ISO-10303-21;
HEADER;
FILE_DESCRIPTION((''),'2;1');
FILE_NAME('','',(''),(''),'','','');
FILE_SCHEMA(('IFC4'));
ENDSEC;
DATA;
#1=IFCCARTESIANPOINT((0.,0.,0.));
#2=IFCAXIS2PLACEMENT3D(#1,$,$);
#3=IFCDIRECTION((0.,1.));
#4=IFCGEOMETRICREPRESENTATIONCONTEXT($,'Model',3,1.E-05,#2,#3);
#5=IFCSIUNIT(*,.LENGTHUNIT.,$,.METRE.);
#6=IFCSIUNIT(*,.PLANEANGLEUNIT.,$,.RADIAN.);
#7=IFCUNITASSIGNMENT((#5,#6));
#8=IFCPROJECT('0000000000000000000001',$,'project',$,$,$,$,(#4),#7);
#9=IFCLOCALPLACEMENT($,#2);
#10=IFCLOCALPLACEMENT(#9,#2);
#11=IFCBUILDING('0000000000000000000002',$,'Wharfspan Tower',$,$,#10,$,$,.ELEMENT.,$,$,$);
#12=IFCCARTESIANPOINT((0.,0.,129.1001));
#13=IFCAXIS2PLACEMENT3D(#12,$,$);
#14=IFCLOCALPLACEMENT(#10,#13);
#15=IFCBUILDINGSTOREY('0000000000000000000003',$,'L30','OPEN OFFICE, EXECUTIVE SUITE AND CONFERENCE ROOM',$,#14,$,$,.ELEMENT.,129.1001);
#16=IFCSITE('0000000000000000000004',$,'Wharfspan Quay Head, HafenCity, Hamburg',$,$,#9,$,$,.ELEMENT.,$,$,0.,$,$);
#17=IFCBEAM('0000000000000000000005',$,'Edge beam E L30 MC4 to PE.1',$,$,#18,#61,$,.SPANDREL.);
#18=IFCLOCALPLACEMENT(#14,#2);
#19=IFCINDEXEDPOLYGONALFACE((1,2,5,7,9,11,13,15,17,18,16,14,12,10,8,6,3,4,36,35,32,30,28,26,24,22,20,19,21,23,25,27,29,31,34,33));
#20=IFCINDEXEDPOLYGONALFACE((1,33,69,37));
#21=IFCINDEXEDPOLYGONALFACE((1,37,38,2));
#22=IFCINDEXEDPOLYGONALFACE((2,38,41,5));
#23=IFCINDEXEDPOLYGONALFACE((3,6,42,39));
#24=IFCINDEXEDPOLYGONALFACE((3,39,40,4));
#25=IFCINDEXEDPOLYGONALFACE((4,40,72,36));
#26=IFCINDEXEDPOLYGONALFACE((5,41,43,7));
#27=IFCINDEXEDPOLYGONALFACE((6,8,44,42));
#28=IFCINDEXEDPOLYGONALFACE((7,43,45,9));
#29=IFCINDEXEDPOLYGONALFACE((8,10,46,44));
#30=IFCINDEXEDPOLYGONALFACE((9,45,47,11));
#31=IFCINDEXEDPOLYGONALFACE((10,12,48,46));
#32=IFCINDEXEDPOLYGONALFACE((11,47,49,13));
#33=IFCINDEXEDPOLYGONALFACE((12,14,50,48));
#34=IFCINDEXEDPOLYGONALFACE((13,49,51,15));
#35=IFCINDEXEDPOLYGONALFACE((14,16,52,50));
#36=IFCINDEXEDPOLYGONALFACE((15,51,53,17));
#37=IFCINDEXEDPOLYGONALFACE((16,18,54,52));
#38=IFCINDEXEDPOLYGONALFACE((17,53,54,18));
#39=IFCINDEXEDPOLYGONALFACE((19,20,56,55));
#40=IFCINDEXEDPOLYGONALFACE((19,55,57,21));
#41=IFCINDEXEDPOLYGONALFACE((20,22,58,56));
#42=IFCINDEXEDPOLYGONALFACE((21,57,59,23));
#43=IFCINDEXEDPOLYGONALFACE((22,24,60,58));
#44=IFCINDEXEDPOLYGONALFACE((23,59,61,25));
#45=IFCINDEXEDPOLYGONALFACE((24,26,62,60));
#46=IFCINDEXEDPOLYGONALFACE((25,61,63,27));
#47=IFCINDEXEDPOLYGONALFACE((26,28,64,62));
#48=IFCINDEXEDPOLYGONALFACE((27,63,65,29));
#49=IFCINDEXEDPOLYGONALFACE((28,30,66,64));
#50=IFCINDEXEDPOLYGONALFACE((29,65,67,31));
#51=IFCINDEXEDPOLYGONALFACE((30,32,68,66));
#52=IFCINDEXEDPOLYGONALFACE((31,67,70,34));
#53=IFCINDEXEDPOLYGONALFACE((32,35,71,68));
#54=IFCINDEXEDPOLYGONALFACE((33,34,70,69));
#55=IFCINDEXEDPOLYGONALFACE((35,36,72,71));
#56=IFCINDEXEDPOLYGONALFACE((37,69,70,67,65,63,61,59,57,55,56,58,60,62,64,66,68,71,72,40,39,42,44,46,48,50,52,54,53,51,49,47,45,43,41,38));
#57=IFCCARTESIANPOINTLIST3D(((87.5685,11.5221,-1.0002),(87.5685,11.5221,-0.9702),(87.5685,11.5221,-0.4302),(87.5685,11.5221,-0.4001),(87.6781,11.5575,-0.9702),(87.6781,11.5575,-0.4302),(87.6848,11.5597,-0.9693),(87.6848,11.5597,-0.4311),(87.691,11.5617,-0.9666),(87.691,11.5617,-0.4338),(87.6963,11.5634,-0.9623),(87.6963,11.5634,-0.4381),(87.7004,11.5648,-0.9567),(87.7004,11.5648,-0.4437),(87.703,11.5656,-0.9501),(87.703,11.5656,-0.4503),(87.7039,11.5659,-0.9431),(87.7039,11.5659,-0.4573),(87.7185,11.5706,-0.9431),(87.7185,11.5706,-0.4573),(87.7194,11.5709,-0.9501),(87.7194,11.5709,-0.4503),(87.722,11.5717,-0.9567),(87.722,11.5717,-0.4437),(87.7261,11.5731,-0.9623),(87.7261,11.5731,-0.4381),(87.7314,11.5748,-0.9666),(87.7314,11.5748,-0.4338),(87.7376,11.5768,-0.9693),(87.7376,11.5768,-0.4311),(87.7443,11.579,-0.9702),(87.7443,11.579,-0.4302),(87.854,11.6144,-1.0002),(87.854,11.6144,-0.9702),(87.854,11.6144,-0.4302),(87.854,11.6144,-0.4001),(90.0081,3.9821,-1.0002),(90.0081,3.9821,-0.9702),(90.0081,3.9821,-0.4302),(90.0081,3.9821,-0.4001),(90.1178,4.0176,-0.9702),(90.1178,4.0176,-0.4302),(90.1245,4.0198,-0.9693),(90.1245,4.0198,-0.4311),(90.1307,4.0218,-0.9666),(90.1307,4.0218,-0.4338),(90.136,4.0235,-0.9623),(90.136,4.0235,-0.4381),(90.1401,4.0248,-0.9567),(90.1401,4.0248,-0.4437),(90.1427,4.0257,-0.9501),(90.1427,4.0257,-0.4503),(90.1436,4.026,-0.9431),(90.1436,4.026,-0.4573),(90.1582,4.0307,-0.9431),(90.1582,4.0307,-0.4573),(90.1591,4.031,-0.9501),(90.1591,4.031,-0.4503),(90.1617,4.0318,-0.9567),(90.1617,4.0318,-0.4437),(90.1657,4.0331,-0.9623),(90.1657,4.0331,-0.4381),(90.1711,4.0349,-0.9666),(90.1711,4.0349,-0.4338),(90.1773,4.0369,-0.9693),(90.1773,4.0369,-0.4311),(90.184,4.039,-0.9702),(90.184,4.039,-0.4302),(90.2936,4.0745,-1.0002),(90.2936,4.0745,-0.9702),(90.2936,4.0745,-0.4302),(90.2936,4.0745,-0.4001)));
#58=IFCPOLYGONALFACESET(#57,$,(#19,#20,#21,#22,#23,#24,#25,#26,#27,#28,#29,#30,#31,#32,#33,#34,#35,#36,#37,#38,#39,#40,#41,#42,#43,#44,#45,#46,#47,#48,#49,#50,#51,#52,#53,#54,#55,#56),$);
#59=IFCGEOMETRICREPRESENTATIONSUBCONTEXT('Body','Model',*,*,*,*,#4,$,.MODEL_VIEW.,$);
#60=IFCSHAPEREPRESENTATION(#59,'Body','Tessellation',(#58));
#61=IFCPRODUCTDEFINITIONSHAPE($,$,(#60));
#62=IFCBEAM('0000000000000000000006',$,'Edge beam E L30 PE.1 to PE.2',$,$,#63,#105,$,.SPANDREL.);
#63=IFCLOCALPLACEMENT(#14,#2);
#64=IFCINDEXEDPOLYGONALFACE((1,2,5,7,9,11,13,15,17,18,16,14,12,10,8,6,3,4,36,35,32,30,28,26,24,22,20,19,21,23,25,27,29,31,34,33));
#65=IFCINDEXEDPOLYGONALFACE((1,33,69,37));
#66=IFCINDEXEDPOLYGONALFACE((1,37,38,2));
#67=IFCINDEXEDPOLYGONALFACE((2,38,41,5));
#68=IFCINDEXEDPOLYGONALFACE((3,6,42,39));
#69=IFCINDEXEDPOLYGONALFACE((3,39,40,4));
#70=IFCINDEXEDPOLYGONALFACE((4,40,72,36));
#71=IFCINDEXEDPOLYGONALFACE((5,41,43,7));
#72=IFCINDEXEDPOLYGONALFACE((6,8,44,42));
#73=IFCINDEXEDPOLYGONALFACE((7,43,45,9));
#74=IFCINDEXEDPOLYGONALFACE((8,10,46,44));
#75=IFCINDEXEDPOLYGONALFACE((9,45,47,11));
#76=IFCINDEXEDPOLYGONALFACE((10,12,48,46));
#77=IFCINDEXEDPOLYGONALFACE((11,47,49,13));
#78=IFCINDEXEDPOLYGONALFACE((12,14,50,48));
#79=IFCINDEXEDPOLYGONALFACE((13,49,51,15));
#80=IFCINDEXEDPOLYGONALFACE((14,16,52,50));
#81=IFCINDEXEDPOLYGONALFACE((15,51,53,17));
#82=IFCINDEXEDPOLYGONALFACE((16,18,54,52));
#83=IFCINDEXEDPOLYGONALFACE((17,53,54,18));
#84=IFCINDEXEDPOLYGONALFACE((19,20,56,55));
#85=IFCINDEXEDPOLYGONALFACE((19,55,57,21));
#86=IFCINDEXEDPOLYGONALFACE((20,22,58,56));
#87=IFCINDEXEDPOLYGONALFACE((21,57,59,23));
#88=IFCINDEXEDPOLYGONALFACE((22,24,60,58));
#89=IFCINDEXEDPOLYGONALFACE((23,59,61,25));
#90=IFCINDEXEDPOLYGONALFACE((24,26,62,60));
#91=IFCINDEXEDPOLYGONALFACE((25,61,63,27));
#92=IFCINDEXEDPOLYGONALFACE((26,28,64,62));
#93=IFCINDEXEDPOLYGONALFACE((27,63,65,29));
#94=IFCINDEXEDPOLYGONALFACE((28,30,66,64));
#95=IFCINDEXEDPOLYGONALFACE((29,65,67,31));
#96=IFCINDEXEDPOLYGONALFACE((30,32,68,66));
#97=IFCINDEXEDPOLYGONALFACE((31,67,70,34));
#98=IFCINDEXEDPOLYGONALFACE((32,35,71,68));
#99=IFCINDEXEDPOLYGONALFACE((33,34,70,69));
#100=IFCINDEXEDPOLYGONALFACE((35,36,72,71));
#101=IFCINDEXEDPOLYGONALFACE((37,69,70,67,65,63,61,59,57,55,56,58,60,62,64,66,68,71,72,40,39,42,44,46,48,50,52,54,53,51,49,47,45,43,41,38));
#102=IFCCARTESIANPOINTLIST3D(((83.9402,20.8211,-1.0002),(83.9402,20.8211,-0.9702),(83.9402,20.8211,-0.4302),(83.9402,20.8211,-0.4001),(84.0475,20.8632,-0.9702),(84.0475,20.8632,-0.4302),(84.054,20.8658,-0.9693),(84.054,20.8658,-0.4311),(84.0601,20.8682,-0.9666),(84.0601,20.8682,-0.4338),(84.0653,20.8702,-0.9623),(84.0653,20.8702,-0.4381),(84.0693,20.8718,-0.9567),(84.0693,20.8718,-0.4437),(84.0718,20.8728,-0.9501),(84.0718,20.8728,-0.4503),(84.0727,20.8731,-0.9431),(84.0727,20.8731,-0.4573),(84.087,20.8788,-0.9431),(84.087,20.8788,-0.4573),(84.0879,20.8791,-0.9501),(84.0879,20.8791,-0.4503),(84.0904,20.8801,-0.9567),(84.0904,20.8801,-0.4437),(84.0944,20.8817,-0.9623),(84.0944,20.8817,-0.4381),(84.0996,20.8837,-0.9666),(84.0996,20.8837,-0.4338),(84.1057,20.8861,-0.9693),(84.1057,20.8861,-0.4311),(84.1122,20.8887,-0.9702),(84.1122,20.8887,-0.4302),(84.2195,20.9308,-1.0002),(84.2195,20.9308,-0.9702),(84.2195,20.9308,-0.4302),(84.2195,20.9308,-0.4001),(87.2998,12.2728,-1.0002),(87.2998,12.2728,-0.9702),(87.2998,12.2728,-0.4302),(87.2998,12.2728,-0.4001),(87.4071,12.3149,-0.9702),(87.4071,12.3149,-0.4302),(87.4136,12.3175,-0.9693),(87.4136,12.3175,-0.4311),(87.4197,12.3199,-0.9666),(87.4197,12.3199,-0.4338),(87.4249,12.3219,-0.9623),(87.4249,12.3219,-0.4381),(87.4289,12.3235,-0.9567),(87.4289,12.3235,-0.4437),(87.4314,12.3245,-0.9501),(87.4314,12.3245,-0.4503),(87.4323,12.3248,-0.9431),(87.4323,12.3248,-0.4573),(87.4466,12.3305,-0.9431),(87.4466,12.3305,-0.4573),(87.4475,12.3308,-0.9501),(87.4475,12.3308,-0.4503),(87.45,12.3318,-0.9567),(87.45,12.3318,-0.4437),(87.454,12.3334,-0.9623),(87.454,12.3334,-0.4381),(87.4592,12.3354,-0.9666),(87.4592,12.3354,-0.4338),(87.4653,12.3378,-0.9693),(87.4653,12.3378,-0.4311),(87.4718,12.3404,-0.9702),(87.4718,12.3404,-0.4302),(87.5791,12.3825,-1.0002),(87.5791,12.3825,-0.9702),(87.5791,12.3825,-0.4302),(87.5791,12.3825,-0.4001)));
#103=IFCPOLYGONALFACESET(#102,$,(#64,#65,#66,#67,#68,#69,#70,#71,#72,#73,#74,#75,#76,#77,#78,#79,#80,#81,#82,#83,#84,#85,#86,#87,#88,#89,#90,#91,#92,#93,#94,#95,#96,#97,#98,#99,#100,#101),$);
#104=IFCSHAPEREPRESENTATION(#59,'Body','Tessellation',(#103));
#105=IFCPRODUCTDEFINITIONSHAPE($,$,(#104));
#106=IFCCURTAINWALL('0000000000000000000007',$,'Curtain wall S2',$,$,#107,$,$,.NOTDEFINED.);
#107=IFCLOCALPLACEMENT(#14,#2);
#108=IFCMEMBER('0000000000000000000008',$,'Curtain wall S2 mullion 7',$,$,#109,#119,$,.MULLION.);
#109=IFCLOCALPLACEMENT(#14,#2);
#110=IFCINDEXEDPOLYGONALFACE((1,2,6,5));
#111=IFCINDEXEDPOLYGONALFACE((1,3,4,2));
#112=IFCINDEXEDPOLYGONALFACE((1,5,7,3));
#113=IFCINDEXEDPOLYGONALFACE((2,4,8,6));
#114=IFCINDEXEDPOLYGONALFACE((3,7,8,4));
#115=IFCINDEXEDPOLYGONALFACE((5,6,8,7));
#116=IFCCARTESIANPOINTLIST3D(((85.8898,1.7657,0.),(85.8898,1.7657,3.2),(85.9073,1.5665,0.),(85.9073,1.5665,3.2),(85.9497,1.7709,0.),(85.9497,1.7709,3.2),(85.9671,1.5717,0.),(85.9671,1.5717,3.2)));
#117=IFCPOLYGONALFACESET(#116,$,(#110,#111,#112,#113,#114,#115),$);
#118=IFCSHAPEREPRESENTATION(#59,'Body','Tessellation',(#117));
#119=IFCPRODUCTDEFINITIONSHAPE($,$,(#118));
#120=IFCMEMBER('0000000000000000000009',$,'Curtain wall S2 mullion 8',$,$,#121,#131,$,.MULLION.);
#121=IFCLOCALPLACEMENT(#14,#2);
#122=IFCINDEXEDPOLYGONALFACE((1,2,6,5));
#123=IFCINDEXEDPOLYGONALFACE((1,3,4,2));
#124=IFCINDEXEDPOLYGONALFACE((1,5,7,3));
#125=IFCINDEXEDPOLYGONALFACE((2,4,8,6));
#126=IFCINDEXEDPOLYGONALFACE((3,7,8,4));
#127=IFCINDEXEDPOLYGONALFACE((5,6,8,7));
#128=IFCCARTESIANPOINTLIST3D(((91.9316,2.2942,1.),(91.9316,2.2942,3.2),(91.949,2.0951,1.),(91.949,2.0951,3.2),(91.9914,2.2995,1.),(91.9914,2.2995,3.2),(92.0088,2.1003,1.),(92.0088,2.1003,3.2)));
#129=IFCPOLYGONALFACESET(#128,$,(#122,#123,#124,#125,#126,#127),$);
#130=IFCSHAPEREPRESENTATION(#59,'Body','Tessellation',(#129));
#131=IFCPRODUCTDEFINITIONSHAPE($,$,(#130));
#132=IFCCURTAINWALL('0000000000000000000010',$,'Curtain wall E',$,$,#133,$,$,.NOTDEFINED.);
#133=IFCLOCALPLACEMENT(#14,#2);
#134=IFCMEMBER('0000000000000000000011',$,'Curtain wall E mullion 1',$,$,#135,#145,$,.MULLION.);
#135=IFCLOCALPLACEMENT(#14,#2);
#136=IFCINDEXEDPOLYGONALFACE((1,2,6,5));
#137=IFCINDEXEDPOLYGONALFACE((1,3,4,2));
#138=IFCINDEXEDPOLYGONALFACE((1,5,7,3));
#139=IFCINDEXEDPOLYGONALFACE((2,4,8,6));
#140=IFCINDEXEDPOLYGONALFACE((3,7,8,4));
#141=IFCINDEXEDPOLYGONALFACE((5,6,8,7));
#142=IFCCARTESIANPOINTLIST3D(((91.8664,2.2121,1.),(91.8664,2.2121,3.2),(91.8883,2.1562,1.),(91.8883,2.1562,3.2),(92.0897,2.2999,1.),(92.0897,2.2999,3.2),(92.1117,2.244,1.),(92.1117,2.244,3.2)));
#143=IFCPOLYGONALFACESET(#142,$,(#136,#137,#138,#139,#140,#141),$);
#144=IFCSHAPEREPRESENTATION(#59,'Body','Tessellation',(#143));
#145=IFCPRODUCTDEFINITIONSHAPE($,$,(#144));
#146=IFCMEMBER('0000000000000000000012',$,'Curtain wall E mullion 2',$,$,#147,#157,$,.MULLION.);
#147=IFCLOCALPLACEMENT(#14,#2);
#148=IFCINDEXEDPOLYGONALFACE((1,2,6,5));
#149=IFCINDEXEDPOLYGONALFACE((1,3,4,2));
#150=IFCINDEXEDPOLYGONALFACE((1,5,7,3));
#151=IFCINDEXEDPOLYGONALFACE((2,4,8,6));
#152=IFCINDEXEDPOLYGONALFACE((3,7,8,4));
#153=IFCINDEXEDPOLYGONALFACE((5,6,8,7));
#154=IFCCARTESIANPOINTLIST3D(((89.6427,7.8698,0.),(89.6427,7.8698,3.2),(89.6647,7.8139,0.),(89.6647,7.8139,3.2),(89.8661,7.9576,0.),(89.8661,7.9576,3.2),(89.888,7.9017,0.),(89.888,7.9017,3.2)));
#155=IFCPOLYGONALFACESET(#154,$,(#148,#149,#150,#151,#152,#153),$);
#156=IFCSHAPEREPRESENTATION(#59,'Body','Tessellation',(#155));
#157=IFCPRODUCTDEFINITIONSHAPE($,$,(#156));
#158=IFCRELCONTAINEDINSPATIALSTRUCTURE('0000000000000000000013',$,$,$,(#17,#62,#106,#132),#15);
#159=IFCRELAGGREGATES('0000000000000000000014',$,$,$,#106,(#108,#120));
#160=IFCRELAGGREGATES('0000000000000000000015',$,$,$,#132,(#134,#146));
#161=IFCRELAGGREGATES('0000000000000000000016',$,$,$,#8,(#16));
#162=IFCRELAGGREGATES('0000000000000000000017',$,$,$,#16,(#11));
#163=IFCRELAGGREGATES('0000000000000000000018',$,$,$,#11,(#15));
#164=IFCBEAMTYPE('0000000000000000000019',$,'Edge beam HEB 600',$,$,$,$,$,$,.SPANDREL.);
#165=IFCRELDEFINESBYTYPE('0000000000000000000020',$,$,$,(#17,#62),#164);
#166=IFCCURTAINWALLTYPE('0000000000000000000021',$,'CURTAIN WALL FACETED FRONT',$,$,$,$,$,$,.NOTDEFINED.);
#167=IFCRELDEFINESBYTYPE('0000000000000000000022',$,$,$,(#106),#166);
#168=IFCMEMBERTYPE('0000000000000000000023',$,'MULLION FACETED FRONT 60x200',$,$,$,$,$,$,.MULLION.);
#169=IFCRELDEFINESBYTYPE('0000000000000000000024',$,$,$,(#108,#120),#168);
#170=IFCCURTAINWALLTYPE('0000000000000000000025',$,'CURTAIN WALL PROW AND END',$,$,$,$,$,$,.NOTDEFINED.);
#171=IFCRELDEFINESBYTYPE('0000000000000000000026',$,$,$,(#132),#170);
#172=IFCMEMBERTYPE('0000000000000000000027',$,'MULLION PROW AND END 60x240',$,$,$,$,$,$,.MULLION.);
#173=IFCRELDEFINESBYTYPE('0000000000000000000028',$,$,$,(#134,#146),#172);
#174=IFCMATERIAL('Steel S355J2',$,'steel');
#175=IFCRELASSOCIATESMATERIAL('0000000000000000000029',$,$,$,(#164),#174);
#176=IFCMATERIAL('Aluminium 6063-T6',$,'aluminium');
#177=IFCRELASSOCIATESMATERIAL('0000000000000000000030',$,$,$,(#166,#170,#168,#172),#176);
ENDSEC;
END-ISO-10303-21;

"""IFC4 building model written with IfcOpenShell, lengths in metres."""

from ifc_helpers import new_model, si_unit, direction, frame, origin, origin_2d, place, context, subcontext, project, spatial, rectangle, i_section, extrude, material, material_profile, profile_set, type_object, element, aggregate, save


model = new_model("IFC4")

# Units and contexts
model_context = context("Model", 3, precision=1e-05, world=origin(), true_north=direction((0.0, 1.0)))
body_context = subcontext(model_context, "Body", "Model", "MODEL_VIEW")
ifc_project = project(units=[si_unit("LENGTHUNIT", "METRE"), si_unit("PLANEANGLEUNIT", "RADIAN")], contexts=[model_context])

# Site, building, storey
site_placement = place(None, origin())
site = spatial("IfcSite", under=ifc_project, at=site_placement, Name="Wharfspan Quay Head, HafenCity, Hamburg", CompositionType="ELEMENT", RefElevation=0.0)
building_placement = place(site_placement, origin())
building = spatial("IfcBuilding", under=site, at=building_placement, Name="Wharfspan Tower", CompositionType="ELEMENT")
storey_placement = place(building_placement, frame((0.0, 0.0, 129.1001)))
storey = spatial("IfcBuildingStorey", under=building, at=storey_placement, Name="L30", Description="OPEN OFFICE, EXECUTIVE SUITE AND CONFERENCE ROOM", CompositionType="ELEMENT", Elevation=129.1001)

# Shared definitions
ifc_material_1 = material(Name="Steel S355J2", Category="steel")

# Beams
ifc_material_profile_1 = material_profile(ifc_material_1, i_section(OverallWidth=0.3, OverallDepth=0.6001, WebThickness=0.0154, FlangeThickness=0.03, FilletRadius=0.0271, at=origin_2d()))
ifc_profile_set_1 = profile_set([ifc_material_profile_1], Name="Steel S355J2")
beam_type = type_object("IfcBeamType", Name="Edge beam HEB 600", PredefinedType="SPANDREL", material=ifc_profile_set_1)
beam_1_placement = place(storey_placement, frame((90.1509, 4.0283, -0.7002), z_axis=(-0.307851, 0.951434, 0.0), x_axis=(-0.951434, -0.307851, 0.0)))
element("IfcBeam", 1, at=beam_1_placement, inside=storey, type_object=beam_type, Name="Edge beam E L30 MC4 to PE.1", PredefinedType="SPANDREL", context=body_context, shape_type="SweptSolid", body=[
    extrude(i_section(OverallWidth=0.3, OverallDepth=0.6001, WebThickness=0.0154, FlangeThickness=0.03, FilletRadius=0.0271, at=origin_2d()), origin(), (0.0, 0.0, 1.0), 7.9248),
])
beam_2_placement = place(storey_placement, frame((87.4395, 12.3276, -0.7002), z_axis=(-0.365779, 0.930702, 0.0), x_axis=(-0.930702, -0.365779, 0.0)))
element("IfcBeam", 2, at=beam_2_placement, inside=storey, type_object=beam_type, Name="Edge beam E L30 PE.1 to PE.2", PredefinedType="SPANDREL", context=body_context, shape_type="SweptSolid", body=[
    extrude(i_section(OverallWidth=0.3, OverallDepth=0.6001, WebThickness=0.0154, FlangeThickness=0.03, FilletRadius=0.0271, at=origin_2d()), origin(), (0.0, 0.0, 1.0), 9.1848),
])

# Curtain walls, members
ifc_material_2 = material(Name="Aluminium 6063-T6", Category="aluminium")
curtain_wall_type_1 = type_object("IfcCurtainWallType", Name="CURTAIN WALL FACETED FRONT", PredefinedType="NOTDEFINED", material=ifc_material_2)
curtain_wall_1_placement = place(storey_placement, origin())
curtain_wall_1 = element("IfcCurtainWall", 3, at=curtain_wall_1_placement, inside=storey, type_object=curtain_wall_type_1, Name="Curtain wall S2", PredefinedType="NOTDEFINED")
ifc_material_profile_2 = material_profile(ifc_material_2, rectangle(XDim=0.2, YDim=0.0601, at=origin_2d()))
ifc_profile_set_2 = profile_set([ifc_material_profile_2], Name="Aluminium 6063-T6")
member_type_1 = type_object("IfcMemberType", Name="MULLION FACETED FRONT 60x200", PredefinedType="MULLION", material=ifc_profile_set_2)
member_1_placement = place(storey_placement, frame((85.9285, 1.6687, 0.0), z_axis=(0.0, 0.0, 1.0), x_axis=(-0.087156, 0.996198, 0.0)))
member_1 = element("IfcMember", 4, at=member_1_placement, type_object=member_type_1, Name="Curtain wall S2 mullion 7", PredefinedType="MULLION", context=body_context, shape_type="SweptSolid", body=[
    extrude(rectangle(XDim=0.2, YDim=0.0601, at=origin_2d()), origin(), (0.0, 0.0, 1.0), 3.2),
])
member_2_placement = place(storey_placement, frame((91.9702, 2.1973, 1.0), z_axis=(0.0, 0.0, 1.0), x_axis=(-0.087156, 0.996198, 0.0)))
member_2 = element("IfcMember", 5, at=member_2_placement, type_object=member_type_1, Name="Curtain wall S2 mullion 8", PredefinedType="MULLION", context=body_context, shape_type="SweptSolid", body=[
    extrude(rectangle(XDim=0.2, YDim=0.0601, at=origin_2d()), origin(), (0.0, 0.0, 1.0), 2.2),
])
curtain_wall_type_2 = type_object("IfcCurtainWallType", Name="CURTAIN WALL PROW AND END", PredefinedType="NOTDEFINED", material=ifc_material_2)
curtain_wall_2_placement = place(storey_placement, origin())
curtain_wall_2 = element("IfcCurtainWall", 6, at=curtain_wall_2_placement, inside=storey, type_object=curtain_wall_type_2, Name="Curtain wall E", PredefinedType="NOTDEFINED")
ifc_material_profile_3 = material_profile(ifc_material_2, rectangle(XDim=0.24, YDim=0.0601, at=origin_2d()))
ifc_profile_set_3 = profile_set([ifc_material_profile_3], Name="Aluminium 6063-T6")
member_type_2 = type_object("IfcMemberType", Name="MULLION PROW AND END 60x240", PredefinedType="MULLION", material=ifc_profile_set_3)
member_3_placement = place(storey_placement, frame((91.989, 2.228, 1.0), z_axis=(0.0, 0.0, 1.0), x_axis=(-0.930702, -0.365778, 0.0)))
member_3 = element("IfcMember", 7, at=member_3_placement, type_object=member_type_2, Name="Curtain wall E mullion 1", PredefinedType="MULLION", context=body_context, shape_type="SweptSolid", body=[
    extrude(rectangle(XDim=0.24, YDim=0.0601, at=origin_2d()), origin(), (0.0, 0.0, 1.0), 2.2),
])
member_4_placement = place(storey_placement, frame((89.7654, 7.8857, 0.0), z_axis=(0.0, 0.0, 1.0), x_axis=(-0.930702, -0.365778, 0.0)))
member_4 = element("IfcMember", 8, at=member_4_placement, type_object=member_type_2, Name="Curtain wall E mullion 2", PredefinedType="MULLION", context=body_context, shape_type="SweptSolid", body=[
    extrude(rectangle(XDim=0.24, YDim=0.0601, at=origin_2d()), origin(), (0.0, 0.0, 1.0), 3.2),
])

aggregate(curtain_wall_1, [member_1, member_2])
aggregate(curtain_wall_2, [member_3, member_4])

save(model, "model.ifc")
